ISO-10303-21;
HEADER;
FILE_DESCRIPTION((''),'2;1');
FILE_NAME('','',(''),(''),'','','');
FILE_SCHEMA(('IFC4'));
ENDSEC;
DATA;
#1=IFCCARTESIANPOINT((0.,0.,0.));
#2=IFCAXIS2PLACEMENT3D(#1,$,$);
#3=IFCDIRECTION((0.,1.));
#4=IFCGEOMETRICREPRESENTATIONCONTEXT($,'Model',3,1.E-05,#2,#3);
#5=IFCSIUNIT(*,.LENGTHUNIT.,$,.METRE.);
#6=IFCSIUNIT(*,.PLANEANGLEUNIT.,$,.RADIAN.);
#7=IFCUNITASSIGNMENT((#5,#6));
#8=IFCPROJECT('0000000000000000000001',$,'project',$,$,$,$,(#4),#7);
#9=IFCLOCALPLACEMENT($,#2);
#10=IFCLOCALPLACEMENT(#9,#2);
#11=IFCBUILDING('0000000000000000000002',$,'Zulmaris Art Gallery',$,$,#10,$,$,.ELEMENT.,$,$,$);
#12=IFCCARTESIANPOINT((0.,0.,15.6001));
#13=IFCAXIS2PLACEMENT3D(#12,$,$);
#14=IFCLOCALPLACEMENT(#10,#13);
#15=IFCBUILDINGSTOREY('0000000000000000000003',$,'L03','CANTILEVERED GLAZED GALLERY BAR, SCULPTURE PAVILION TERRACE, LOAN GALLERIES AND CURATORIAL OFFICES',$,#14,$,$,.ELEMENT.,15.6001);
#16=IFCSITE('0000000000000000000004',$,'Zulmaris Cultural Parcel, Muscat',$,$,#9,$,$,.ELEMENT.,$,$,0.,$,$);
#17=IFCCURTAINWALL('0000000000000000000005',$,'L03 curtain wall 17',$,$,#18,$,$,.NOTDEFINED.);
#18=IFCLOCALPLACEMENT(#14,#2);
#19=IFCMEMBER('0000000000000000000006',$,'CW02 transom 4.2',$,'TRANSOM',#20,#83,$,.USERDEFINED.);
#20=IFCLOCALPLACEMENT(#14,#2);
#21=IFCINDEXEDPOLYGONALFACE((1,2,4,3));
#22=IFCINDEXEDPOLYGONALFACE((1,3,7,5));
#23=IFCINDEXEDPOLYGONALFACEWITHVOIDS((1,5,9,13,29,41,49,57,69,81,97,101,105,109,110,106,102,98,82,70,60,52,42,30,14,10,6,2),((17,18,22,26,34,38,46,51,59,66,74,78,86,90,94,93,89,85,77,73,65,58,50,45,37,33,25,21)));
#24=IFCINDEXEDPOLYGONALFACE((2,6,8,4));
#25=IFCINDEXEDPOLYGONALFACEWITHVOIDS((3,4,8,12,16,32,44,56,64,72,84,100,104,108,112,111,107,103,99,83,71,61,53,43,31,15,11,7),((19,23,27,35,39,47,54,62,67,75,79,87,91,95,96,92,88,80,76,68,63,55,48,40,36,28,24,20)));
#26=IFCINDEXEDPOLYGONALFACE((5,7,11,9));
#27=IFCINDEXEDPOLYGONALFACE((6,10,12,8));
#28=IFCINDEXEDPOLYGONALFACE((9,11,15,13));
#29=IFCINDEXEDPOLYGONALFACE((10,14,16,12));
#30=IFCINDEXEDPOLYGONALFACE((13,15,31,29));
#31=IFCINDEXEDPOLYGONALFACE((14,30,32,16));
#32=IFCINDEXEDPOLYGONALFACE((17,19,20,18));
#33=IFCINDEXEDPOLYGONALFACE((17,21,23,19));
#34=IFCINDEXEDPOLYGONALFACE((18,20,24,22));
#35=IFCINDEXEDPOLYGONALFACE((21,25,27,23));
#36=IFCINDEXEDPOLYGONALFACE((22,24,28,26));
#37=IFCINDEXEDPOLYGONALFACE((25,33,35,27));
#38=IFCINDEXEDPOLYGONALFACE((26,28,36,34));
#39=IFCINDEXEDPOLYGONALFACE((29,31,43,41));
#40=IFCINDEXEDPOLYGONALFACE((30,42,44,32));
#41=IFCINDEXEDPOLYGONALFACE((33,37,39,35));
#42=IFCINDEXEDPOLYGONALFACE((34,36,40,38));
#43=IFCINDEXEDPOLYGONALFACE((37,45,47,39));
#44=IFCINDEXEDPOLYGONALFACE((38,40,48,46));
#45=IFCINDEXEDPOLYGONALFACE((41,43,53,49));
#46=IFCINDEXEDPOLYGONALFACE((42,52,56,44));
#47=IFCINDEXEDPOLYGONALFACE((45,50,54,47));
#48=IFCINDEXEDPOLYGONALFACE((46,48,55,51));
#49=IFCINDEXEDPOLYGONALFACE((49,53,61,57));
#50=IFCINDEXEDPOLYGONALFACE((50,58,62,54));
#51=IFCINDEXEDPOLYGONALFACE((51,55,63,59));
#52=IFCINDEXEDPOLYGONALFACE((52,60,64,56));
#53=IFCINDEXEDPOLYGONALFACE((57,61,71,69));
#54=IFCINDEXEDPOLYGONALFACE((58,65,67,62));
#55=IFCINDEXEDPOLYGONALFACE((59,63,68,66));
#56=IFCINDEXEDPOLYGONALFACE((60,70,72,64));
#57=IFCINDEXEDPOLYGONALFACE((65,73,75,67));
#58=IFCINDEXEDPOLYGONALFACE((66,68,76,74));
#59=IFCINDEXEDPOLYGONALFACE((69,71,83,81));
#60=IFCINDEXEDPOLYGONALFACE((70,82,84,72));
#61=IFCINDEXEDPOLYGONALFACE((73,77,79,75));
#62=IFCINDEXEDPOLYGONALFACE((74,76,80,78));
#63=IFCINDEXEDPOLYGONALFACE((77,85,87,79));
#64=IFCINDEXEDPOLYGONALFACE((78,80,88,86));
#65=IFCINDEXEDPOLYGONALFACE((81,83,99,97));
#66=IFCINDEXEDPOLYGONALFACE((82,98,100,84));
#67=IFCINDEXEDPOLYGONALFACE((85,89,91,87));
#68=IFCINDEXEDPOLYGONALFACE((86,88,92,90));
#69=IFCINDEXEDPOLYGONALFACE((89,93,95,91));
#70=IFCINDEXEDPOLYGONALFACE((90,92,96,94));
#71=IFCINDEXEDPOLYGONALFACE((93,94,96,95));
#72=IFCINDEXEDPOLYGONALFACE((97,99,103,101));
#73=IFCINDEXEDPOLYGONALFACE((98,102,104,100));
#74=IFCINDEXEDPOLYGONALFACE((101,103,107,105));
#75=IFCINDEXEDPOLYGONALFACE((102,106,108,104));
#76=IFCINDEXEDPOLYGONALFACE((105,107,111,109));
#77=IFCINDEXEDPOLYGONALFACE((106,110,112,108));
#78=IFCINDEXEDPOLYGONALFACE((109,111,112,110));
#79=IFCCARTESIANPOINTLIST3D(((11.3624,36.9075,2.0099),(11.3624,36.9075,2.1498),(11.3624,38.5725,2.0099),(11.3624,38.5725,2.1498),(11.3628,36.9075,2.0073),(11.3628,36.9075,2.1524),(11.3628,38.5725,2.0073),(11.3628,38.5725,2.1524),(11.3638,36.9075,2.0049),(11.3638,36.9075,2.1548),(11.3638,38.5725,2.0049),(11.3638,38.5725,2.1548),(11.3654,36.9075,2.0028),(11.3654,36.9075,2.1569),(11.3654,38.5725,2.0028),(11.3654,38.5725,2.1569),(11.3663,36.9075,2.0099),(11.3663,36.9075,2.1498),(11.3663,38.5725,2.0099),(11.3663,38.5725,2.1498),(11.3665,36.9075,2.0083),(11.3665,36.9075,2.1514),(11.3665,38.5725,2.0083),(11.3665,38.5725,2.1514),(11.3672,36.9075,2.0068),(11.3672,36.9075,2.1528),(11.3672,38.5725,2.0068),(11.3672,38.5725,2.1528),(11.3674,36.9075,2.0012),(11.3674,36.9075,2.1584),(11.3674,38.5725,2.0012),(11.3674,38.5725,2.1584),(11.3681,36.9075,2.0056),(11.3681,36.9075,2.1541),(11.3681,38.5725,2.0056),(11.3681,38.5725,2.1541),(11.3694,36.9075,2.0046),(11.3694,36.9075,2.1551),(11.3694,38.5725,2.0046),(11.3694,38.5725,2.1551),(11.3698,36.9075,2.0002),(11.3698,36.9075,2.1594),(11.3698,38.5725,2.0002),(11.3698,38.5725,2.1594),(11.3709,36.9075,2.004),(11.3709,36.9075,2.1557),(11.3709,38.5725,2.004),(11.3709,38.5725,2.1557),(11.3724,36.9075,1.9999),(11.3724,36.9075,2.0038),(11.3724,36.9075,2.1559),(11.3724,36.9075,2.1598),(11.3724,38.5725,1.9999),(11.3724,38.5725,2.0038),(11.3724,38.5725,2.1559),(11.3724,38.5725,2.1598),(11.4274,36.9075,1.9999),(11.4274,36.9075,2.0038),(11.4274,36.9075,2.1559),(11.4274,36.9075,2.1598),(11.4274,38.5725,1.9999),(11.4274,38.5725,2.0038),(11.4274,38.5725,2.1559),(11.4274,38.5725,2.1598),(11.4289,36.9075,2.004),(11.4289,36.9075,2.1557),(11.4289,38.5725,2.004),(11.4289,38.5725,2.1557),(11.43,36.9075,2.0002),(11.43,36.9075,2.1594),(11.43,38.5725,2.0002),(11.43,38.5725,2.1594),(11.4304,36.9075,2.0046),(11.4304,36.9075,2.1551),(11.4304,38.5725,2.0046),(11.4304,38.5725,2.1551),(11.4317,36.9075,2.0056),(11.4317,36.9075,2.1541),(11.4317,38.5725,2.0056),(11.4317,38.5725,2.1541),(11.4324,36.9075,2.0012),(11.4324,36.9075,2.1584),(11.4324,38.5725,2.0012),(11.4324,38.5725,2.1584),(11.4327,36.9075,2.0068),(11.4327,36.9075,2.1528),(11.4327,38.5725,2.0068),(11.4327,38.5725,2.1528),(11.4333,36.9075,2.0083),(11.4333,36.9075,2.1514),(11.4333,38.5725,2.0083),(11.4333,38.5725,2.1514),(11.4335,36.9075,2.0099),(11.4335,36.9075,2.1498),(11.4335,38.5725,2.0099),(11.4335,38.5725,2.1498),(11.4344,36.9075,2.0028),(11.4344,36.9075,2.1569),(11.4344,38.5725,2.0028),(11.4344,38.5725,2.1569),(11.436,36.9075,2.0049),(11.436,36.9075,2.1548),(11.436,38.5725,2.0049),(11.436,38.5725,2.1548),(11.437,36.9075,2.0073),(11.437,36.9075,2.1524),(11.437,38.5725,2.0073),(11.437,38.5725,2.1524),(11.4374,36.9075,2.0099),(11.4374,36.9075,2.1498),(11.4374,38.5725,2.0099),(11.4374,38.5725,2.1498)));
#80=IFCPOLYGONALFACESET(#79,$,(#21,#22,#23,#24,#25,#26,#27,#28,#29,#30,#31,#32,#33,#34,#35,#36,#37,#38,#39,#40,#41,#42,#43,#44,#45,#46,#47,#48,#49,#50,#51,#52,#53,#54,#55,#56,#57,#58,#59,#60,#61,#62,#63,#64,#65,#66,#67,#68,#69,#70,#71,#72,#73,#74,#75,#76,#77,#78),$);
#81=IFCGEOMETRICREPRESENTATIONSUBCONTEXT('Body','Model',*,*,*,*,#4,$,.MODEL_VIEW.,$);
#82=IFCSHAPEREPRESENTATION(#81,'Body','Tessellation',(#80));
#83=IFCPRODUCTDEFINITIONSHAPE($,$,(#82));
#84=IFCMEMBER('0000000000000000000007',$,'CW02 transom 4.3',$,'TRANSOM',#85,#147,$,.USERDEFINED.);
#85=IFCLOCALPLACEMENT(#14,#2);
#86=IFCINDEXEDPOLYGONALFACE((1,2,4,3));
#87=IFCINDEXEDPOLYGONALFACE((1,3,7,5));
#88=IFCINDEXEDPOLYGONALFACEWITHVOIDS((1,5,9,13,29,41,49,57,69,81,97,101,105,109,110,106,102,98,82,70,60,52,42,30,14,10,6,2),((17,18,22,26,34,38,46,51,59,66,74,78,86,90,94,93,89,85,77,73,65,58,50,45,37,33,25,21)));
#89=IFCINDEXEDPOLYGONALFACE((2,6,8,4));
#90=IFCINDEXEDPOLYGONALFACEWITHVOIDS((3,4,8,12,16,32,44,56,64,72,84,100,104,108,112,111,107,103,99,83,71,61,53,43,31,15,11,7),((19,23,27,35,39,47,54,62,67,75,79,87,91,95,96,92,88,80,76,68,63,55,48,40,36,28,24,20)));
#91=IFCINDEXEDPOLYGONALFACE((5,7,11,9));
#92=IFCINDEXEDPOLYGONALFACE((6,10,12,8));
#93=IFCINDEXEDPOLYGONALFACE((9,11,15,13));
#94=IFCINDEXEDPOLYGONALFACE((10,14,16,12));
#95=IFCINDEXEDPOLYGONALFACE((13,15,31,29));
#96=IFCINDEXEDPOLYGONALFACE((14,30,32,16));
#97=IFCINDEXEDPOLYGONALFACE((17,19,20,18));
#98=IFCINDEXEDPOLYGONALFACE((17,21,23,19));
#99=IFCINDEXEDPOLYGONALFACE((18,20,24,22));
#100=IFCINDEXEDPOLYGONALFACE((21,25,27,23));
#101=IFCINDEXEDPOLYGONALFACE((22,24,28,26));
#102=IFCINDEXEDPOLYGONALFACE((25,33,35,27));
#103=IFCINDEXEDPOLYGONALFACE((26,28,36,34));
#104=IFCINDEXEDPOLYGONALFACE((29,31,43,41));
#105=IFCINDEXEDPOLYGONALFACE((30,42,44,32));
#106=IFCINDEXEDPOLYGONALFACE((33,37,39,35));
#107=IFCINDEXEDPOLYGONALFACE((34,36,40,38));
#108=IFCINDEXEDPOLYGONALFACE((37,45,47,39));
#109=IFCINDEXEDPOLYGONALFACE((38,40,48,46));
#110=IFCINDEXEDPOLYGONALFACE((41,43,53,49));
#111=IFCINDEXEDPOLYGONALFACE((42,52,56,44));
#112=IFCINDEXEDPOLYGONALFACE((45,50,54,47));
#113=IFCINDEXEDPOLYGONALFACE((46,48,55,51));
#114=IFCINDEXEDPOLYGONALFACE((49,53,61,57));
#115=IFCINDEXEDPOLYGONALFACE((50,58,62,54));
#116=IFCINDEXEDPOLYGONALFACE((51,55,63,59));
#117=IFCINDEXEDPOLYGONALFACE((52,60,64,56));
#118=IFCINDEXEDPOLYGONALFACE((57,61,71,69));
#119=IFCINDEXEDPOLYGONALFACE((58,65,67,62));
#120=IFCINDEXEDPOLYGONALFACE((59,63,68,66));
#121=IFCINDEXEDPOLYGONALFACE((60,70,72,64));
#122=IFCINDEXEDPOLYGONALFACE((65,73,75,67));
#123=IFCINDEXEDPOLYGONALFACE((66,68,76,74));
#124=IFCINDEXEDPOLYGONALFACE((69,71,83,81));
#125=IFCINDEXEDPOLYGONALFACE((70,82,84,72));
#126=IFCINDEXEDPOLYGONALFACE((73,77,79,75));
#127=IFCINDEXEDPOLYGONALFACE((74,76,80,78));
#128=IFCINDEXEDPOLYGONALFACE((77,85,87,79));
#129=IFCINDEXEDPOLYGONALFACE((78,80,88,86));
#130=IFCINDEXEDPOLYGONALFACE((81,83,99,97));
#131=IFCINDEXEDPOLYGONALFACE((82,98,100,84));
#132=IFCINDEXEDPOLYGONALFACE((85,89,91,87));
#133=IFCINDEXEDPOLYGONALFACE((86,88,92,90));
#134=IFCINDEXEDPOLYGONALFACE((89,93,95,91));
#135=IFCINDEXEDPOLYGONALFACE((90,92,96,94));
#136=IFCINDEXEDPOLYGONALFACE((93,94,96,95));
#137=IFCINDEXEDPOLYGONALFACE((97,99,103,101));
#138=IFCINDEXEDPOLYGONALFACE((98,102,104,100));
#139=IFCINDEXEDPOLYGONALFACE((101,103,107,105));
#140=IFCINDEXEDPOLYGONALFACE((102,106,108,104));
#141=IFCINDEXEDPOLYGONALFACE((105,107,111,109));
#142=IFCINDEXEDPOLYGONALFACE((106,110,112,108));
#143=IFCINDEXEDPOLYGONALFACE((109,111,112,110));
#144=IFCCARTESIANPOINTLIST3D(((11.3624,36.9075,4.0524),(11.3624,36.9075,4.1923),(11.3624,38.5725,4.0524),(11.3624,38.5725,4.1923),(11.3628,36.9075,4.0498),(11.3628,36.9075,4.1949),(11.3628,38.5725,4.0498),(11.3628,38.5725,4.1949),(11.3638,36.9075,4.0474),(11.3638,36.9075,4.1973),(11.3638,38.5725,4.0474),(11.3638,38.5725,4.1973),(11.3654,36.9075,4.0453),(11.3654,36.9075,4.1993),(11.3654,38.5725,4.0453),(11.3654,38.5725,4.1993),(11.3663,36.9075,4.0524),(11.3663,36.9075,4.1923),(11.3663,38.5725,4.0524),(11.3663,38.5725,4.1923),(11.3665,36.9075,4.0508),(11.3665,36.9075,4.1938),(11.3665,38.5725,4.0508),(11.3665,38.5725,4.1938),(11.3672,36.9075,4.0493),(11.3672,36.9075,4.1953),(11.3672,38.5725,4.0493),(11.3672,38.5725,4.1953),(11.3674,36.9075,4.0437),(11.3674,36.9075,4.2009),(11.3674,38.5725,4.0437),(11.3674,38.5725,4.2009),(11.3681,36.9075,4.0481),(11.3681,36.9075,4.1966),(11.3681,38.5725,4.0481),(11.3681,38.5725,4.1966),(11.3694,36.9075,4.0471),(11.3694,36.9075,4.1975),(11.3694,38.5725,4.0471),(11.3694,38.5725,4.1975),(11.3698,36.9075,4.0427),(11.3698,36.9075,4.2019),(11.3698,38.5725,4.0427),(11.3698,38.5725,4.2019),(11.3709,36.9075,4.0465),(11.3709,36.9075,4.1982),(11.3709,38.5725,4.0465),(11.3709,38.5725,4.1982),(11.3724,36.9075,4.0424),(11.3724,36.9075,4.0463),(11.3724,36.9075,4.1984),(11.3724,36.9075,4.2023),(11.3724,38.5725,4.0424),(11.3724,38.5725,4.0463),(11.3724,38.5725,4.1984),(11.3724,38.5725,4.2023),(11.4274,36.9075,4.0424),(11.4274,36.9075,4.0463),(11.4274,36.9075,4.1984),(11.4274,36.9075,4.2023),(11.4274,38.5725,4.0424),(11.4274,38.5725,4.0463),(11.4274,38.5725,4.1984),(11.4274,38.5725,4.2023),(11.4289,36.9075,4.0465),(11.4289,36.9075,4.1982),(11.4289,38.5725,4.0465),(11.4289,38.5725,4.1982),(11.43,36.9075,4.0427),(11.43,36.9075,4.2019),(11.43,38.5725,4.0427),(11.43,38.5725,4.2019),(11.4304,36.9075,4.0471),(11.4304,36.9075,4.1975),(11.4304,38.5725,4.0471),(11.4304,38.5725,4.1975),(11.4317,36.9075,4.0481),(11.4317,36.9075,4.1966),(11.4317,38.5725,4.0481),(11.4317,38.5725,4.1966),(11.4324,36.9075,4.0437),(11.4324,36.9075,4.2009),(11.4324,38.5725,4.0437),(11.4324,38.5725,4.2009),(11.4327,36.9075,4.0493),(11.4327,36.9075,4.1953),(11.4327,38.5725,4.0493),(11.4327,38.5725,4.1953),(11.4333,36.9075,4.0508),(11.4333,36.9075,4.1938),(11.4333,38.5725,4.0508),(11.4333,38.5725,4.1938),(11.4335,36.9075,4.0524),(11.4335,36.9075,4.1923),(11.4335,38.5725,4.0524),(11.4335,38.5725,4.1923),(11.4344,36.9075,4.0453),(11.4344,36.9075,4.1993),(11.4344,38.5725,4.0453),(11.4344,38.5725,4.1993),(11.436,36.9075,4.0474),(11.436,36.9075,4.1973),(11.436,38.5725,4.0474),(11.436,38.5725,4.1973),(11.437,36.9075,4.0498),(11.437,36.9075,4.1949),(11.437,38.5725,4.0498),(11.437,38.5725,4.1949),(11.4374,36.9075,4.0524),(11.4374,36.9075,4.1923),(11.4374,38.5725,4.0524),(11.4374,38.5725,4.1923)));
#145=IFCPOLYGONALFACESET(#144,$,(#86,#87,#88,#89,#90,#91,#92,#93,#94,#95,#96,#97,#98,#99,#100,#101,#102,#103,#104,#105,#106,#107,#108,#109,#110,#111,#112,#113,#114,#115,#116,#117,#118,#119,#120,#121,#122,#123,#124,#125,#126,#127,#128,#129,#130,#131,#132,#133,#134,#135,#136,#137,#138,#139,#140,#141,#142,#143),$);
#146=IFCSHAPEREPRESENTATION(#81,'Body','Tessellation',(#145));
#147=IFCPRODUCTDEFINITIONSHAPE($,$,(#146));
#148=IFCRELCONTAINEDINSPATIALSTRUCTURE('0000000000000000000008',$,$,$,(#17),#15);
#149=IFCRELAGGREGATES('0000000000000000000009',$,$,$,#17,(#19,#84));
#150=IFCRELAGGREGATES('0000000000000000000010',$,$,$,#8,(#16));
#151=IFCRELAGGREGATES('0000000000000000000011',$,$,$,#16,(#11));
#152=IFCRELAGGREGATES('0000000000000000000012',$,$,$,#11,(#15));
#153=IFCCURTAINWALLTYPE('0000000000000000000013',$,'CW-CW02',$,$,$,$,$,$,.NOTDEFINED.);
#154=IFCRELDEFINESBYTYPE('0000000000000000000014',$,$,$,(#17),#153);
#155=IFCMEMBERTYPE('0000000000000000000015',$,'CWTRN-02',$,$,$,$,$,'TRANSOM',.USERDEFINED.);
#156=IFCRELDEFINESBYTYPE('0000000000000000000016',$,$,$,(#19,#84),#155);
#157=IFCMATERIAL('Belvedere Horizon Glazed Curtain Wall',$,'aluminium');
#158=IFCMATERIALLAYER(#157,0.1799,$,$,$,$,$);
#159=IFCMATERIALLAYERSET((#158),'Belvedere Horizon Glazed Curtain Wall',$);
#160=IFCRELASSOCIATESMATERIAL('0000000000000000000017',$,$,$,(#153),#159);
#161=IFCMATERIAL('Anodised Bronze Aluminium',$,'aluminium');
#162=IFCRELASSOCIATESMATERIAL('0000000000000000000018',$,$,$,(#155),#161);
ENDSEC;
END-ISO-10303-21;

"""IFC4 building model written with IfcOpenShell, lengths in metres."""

from ifc_helpers import new_model, si_unit, direction, frame, origin, origin_2d, place, context, subcontext, project, spatial, hollow_rectangle, extrude, material, layer, layer_set, material_profile, profile_set, type_object, element, aggregate, save


model = new_model("IFC4")

# Units and contexts
model_context = context("Model", 3, precision=1e-05, world=origin(), true_north=direction((0.0, 1.0)))
body_context = subcontext(model_context, "Body", "Model", "MODEL_VIEW")
ifc_project = project(units=[si_unit("LENGTHUNIT", "METRE"), si_unit("PLANEANGLEUNIT", "RADIAN")], contexts=[model_context])

# Site, building, storey
site_placement = place(None, origin())
site = spatial("IfcSite", under=ifc_project, at=site_placement, Name="Zulmaris Cultural Parcel, Muscat", CompositionType="ELEMENT", RefElevation=0.0)
building_placement = place(site_placement, origin())
building = spatial("IfcBuilding", under=site, at=building_placement, Name="Zulmaris Art Gallery", CompositionType="ELEMENT")
storey_placement = place(building_placement, frame((0.0, 0.0, 15.6001)))
storey = spatial("IfcBuildingStorey", under=building, at=storey_placement, Name="L03", Description="CANTILEVERED GLAZED GALLERY BAR, SCULPTURE PAVILION TERRACE, LOAN GALLERIES AND CURATORIAL OFFICES", CompositionType="ELEMENT", Elevation=15.6001)

# Curtain wall, members
ifc_material_1 = material(Name="Belvedere Horizon Glazed Curtain Wall", Category="aluminium")
ifc_layer_1 = layer(ifc_material_1, 0.1799)
ifc_layer_set_1 = layer_set([ifc_layer_1], Name="Belvedere Horizon Glazed Curtain Wall")
curtain_wall_type = type_object("IfcCurtainWallType", Name="CW-CW02", PredefinedType="NOTDEFINED", material=ifc_layer_set_1)
curtain_wall_placement = place(storey_placement, origin())
curtain_wall = element("IfcCurtainWall", 1, at=curtain_wall_placement, inside=storey, type_object=curtain_wall_type, Name="L03 curtain wall 17", PredefinedType="NOTDEFINED")
ifc_material_2 = material(Name="Anodised Bronze Aluminium", Category="aluminium")
ifc_material_profile_1 = material_profile(ifc_material_2, hollow_rectangle(XDim=0.075, YDim=0.1599, WallThickness=0.0039, InnerFilletRadius=0.0061, OuterFilletRadius=0.01, at=origin_2d()), Name="ALU 75x160x4")
ifc_profile_set_1 = profile_set([ifc_material_profile_1], Name="Anodised Bronze Aluminium")
member_type_1 = type_object("IfcMemberType", Name="CWTRN-02", ElementType="TRANSOM", PredefinedType="USERDEFINED", material=ifc_profile_set_1)
member_1_placement = place(storey_placement, frame((11.3999, 36.9075, 2.0798), z_axis=(0.0, 1.0, 0.0), x_axis=(-1.0, 0.0, 0.0)))
member_1 = element("IfcMember", 2, at=member_1_placement, type_object=member_type_1, Name="CW02 transom 4.2", ObjectType="TRANSOM", PredefinedType="USERDEFINED", context=body_context, shape_type="SweptSolid", body=[
    extrude(hollow_rectangle(XDim=0.075, YDim=0.1599, WallThickness=0.0039, InnerFilletRadius=0.0061, OuterFilletRadius=0.01, at=origin_2d()), origin(), (0.0, 0.0, 1.0), 1.665),
])
member_2_placement = place(storey_placement, frame((11.3999, 36.9075, 4.1223), z_axis=(0.0, 1.0, 0.0), x_axis=(-1.0, 0.0, 0.0)))
member_2 = element("IfcMember", 3, at=member_2_placement, type_object=member_type_1, Name="CW02 transom 4.3", ObjectType="TRANSOM", PredefinedType="USERDEFINED", context=body_context, shape_type="SweptSolid", body=[
    extrude(hollow_rectangle(XDim=0.075, YDim=0.1599, WallThickness=0.0039, InnerFilletRadius=0.0061, OuterFilletRadius=0.01, at=origin_2d()), origin(), (0.0, 0.0, 1.0), 1.665),
])

aggregate(curtain_wall, [member_1, member_2])

save(model, "model.ifc")
